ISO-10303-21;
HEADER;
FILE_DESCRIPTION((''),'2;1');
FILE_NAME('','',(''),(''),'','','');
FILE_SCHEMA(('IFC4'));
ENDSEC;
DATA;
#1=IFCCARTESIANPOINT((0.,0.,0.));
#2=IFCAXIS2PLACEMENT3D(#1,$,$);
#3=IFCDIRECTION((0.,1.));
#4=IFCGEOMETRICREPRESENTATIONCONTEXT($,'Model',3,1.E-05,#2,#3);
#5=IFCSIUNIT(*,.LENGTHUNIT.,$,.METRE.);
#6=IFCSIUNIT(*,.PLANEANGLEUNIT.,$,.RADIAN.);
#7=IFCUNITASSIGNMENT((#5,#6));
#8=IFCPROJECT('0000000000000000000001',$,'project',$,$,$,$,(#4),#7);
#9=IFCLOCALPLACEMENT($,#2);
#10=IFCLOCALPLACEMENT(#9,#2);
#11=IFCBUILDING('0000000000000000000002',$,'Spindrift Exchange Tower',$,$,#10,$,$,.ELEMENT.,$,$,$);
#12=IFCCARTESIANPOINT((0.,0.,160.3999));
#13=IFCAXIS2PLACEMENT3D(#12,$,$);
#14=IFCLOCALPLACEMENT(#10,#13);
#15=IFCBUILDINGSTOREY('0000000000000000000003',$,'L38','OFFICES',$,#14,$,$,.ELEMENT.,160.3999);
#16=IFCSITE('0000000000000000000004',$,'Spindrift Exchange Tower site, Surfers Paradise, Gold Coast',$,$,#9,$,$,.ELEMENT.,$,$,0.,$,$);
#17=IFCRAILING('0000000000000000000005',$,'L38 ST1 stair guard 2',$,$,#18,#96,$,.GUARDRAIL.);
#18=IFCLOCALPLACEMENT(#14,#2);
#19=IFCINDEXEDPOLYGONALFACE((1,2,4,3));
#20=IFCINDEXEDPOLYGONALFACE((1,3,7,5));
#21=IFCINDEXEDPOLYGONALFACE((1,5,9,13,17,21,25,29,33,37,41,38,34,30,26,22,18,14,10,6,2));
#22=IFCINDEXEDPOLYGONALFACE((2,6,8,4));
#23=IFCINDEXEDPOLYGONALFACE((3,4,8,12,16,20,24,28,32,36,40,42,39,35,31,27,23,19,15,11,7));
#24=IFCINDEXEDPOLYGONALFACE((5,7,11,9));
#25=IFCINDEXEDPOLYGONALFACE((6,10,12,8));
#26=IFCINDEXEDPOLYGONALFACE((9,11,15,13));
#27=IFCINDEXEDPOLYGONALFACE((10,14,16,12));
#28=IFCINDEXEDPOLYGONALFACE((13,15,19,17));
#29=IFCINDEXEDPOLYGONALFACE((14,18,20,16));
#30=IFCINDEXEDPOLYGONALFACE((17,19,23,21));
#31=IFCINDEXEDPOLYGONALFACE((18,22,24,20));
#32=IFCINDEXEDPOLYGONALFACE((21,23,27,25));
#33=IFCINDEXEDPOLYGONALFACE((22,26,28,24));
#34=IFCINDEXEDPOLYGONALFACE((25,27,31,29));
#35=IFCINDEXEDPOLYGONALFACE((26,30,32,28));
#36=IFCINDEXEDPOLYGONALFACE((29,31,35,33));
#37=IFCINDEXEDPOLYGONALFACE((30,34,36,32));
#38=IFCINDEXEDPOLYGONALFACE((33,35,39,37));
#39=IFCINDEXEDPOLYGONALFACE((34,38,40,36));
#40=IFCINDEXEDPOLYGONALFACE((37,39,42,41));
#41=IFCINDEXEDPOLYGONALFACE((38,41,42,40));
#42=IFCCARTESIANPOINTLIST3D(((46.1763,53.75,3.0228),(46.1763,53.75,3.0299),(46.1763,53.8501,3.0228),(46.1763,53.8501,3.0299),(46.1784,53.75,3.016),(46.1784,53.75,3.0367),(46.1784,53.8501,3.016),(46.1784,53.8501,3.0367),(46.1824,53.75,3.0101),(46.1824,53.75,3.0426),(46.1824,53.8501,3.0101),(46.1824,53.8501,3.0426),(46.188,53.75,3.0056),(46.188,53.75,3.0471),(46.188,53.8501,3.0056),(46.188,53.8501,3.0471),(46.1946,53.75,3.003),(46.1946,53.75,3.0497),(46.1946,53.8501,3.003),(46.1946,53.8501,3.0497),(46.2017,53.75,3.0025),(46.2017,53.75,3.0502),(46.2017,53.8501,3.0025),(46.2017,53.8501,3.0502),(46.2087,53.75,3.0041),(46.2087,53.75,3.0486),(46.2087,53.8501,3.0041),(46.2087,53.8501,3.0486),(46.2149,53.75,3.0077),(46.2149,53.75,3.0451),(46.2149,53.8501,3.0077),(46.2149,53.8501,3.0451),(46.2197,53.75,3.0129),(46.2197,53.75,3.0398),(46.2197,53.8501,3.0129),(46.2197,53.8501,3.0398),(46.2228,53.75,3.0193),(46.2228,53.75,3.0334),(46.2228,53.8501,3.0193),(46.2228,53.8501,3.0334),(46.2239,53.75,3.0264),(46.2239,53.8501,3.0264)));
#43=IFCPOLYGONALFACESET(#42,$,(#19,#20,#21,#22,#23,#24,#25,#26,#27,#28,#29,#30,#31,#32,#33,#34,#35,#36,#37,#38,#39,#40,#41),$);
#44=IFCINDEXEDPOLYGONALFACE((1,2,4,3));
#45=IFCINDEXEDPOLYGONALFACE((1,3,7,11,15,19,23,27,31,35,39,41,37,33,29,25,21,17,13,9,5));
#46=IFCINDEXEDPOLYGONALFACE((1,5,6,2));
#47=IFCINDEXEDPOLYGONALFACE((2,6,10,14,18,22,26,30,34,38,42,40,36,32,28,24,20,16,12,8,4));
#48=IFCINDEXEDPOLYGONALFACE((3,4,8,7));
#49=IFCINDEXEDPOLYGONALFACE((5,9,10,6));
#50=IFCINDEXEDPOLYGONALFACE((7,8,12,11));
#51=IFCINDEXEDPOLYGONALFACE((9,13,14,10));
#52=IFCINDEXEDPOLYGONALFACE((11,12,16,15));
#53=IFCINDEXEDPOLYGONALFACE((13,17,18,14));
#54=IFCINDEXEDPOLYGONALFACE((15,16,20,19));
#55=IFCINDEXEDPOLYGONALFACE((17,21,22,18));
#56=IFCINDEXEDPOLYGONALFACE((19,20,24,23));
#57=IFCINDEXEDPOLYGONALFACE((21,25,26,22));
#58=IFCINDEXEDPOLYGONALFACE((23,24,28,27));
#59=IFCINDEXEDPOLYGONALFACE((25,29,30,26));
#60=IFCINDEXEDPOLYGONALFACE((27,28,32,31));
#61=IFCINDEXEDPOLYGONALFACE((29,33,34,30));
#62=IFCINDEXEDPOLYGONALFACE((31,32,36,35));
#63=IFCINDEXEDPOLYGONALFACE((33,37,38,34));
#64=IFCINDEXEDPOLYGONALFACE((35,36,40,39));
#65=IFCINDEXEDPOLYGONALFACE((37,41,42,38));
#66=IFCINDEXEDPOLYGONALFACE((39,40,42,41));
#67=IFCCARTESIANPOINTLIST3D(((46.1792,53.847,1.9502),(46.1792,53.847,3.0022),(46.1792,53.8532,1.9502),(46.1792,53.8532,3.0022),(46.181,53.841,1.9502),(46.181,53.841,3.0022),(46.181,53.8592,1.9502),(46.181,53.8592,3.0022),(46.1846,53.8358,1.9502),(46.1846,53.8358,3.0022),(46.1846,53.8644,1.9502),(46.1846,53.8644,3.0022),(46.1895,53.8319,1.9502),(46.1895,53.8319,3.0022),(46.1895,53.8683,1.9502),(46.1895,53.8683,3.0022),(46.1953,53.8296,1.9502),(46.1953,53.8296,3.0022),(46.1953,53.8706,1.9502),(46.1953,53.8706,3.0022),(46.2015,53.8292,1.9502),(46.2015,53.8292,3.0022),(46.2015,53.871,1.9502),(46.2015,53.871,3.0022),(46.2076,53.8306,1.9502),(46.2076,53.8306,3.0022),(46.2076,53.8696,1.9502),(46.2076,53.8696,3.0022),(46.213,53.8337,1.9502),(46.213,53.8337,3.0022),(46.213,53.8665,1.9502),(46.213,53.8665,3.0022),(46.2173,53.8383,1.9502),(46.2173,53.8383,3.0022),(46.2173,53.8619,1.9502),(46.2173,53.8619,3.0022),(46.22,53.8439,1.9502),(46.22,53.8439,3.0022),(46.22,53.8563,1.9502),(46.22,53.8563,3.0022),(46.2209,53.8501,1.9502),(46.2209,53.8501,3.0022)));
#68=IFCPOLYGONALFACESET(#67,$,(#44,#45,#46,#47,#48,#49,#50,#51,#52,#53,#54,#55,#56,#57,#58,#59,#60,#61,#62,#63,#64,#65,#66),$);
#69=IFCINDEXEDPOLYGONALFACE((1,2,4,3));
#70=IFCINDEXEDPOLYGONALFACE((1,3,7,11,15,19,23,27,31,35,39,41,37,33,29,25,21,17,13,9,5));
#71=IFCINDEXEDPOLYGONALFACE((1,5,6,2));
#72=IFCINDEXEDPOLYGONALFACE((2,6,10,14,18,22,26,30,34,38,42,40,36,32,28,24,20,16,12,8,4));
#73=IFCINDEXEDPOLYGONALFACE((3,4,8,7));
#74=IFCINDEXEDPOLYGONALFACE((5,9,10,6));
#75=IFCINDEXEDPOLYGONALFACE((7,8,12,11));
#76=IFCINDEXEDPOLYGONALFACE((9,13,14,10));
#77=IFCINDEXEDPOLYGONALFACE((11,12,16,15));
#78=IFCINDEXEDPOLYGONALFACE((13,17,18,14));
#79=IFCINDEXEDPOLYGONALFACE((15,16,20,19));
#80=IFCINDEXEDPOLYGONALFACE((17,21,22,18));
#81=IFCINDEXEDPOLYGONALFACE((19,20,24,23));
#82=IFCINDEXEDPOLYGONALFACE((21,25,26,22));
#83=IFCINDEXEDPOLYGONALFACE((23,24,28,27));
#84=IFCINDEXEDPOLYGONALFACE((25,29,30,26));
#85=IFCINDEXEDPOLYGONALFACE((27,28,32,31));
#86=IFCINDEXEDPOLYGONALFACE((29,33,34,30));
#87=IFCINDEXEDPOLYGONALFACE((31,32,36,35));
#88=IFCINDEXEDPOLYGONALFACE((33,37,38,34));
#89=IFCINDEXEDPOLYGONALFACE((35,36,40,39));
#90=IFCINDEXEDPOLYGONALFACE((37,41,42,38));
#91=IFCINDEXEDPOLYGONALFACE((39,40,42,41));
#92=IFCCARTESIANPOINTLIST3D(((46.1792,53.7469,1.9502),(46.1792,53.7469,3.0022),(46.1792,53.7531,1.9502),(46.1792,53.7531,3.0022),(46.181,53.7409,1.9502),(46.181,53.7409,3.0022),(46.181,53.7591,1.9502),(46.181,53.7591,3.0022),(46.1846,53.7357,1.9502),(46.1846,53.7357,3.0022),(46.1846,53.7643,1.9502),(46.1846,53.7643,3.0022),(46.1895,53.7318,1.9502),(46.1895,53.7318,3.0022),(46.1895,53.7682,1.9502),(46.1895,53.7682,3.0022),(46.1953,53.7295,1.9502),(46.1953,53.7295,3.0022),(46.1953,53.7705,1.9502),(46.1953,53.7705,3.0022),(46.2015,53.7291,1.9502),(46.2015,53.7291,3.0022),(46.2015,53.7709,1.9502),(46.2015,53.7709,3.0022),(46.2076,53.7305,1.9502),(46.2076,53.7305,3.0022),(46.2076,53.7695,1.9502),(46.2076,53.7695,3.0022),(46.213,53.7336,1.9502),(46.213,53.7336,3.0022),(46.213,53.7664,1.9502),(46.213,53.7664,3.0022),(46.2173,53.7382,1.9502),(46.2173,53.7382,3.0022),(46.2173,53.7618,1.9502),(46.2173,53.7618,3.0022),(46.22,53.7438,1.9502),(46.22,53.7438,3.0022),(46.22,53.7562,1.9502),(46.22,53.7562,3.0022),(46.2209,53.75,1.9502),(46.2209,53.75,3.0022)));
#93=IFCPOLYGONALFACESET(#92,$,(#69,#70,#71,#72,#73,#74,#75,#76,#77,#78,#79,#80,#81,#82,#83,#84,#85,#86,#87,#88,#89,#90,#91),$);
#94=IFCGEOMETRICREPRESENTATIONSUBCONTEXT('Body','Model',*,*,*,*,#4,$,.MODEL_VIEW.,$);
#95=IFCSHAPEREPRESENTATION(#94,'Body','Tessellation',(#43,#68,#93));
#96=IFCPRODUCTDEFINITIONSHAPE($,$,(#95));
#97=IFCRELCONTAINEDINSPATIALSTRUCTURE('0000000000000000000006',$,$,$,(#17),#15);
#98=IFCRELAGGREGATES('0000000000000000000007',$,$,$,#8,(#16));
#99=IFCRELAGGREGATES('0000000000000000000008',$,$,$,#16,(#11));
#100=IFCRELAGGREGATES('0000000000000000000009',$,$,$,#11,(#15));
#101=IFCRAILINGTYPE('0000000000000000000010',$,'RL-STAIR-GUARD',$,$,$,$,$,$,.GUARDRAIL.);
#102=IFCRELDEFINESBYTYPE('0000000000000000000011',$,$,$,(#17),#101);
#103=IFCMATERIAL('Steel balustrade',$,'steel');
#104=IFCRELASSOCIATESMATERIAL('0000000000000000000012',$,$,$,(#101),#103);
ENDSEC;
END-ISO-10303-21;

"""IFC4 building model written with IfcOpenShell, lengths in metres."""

from ifc_helpers import new_model, si_unit, direction, frame, origin, origin_2d, place, context, subcontext, project, spatial, circle, extrude, material, type_object, element, save


model = new_model("IFC4")

# Units and contexts
model_context = context("Model", 3, precision=1e-05, world=origin(), true_north=direction((0.0, 1.0)))
body_context = subcontext(model_context, "Body", "Model", "MODEL_VIEW")
ifc_project = project(units=[si_unit("LENGTHUNIT", "METRE"), si_unit("PLANEANGLEUNIT", "RADIAN")], contexts=[model_context])

# Site, building, storey
site_placement = place(None, origin())
site = spatial("IfcSite", under=ifc_project, at=site_placement, Name="Spindrift Exchange Tower site, Surfers Paradise, Gold Coast", CompositionType="ELEMENT", RefElevation=0.0)
building_placement = place(site_placement, origin())
building = spatial("IfcBuilding", under=site, at=building_placement, Name="Spindrift Exchange Tower", CompositionType="ELEMENT")
storey_placement = place(building_placement, frame((0.0, 0.0, 160.3999)))
storey = spatial("IfcBuildingStorey", under=building, at=storey_placement, Name="L38", Description="OFFICES", CompositionType="ELEMENT", Elevation=160.3999)

# Railing
ifc_material_1 = material(Name="Steel balustrade", Category="steel")
railing_type_1 = type_object("IfcRailingType", Name="RL-STAIR-GUARD", PredefinedType="GUARDRAIL", material=ifc_material_1)
railing_1_placement = place(storey_placement, frame((46.2, 53.8501, 1.9502)))
element("IfcRailing", 1, at=railing_1_placement, inside=storey, type_object=railing_type_1, Name="L38 ST1 stair guard 2", PredefinedType="GUARDRAIL", context=body_context, shape_type="SweptSolid", body=[
    extrude(circle(Radius=0.0239, at=origin_2d()), frame((0.0, 0.0, 1.0762), z_axis=(0.0, -1.0, 0.0), x_axis=(1.0, 0.0, 0.0)), (0.0, 0.0, 1.0), 0.1001),
    extrude(circle(Radius=0.021, at=origin_2d()), origin(), (0.0, 0.0, 1.0), 1.052),
    extrude(circle(Radius=0.021, at=origin_2d()), frame((0.0, -0.1001, 0.0)), (0.0, 0.0, 1.0), 1.052),
])

save(model, "model.ifc")
